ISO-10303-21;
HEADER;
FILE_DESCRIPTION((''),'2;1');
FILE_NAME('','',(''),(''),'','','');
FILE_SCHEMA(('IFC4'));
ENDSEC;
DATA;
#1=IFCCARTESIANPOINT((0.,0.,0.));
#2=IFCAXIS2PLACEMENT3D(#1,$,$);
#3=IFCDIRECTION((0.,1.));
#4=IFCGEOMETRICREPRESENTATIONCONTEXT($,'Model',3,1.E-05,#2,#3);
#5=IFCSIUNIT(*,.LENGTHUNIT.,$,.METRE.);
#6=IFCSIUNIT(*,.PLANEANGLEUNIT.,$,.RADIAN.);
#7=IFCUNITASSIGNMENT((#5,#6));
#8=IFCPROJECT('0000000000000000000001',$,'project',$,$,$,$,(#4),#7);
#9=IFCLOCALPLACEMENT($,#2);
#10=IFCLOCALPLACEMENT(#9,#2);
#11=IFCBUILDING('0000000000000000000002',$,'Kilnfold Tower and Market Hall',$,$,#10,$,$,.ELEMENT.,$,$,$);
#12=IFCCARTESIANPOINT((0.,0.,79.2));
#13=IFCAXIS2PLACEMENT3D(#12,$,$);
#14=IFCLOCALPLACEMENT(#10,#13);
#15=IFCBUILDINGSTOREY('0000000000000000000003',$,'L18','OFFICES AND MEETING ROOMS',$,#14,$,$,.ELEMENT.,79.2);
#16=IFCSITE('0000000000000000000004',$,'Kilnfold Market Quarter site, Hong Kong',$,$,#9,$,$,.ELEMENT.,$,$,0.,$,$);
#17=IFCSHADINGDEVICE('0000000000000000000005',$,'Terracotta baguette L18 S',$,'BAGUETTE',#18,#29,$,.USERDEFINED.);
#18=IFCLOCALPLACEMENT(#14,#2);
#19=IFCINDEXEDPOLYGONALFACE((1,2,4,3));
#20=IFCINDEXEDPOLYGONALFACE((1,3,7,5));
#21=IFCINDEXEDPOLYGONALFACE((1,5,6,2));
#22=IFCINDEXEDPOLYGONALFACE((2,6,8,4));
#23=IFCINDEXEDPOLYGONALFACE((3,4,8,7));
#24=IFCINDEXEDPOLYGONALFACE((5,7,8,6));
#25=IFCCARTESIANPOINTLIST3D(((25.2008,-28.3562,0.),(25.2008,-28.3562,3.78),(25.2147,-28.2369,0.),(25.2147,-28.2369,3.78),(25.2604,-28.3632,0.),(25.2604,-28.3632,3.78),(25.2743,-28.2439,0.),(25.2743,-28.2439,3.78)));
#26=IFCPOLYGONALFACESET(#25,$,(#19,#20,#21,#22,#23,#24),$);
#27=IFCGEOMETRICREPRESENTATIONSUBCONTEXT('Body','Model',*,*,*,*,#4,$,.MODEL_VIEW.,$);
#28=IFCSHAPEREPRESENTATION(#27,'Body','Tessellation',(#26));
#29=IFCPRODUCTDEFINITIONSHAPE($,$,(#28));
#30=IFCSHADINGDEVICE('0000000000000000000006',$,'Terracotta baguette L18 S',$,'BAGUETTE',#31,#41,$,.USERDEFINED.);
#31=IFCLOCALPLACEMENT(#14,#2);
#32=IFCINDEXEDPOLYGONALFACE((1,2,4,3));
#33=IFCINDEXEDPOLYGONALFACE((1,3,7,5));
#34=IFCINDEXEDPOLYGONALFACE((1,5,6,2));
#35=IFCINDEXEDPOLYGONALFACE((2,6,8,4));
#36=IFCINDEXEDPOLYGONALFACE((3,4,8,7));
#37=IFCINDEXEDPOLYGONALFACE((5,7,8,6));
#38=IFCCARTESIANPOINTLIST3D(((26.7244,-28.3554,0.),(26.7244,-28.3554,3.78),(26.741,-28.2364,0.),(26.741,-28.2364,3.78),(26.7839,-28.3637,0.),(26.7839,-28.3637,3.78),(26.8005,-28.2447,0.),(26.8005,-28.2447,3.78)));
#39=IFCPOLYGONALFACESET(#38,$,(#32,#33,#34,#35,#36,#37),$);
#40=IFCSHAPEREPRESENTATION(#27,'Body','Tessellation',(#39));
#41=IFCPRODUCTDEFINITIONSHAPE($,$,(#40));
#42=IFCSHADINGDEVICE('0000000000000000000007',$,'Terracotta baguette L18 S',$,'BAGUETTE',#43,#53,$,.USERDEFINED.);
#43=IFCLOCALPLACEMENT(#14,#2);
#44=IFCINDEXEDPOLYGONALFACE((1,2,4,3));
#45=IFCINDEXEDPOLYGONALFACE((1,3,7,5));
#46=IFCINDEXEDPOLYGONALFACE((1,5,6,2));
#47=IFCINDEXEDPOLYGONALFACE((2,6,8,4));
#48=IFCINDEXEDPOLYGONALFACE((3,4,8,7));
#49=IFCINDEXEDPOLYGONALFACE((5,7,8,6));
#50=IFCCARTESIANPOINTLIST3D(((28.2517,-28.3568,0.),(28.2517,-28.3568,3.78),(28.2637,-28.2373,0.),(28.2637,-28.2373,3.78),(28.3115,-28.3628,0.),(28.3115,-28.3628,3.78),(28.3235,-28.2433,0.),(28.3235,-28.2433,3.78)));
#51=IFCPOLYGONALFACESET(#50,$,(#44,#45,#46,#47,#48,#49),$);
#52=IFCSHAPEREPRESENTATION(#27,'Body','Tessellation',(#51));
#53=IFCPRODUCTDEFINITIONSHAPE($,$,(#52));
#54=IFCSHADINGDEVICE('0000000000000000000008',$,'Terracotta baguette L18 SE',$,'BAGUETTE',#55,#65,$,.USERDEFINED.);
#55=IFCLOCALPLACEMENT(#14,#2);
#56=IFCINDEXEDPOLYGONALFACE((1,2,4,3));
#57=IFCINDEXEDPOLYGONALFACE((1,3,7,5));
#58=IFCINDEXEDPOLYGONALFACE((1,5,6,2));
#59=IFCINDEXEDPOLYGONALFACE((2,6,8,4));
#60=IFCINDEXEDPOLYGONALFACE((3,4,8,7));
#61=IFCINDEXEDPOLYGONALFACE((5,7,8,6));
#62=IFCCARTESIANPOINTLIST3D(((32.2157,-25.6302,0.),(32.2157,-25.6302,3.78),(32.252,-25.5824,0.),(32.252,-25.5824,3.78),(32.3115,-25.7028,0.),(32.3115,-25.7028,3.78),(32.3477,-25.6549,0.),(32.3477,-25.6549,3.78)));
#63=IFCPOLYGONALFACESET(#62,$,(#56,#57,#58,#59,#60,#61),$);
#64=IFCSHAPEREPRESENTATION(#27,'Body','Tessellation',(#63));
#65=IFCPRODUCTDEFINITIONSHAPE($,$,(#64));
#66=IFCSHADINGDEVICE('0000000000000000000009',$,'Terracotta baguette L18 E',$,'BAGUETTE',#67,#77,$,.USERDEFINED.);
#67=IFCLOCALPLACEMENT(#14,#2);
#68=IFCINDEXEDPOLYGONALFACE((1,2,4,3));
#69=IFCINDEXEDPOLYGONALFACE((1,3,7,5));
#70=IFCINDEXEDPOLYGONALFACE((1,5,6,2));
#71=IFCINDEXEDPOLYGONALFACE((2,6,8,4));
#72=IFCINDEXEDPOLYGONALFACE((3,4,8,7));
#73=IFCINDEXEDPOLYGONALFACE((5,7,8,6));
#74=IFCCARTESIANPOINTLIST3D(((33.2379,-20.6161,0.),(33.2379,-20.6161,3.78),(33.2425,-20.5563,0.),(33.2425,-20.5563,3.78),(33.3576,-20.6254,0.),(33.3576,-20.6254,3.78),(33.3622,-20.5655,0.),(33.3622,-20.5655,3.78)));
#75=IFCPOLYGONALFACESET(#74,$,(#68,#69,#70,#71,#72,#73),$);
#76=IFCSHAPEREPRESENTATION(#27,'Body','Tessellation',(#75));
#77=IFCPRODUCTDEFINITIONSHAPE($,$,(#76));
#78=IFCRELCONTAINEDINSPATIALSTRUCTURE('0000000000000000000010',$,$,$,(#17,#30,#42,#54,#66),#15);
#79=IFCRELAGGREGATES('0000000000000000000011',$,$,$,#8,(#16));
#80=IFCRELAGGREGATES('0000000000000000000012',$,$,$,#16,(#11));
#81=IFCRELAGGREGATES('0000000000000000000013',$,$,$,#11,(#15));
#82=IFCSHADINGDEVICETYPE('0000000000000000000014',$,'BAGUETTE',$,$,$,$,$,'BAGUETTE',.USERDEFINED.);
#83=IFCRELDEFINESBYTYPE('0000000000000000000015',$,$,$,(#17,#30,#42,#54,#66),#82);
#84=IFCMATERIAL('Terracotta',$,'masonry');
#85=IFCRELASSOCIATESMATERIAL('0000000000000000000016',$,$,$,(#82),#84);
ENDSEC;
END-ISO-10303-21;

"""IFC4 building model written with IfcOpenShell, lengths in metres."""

from ifc_helpers import new_model, si_unit, direction, frame, origin, origin_2d, place, context, subcontext, project, spatial, rectangle, extrude, source, transform, mapped, material, material_profile, profile_set, type_object, element, save


model = new_model("IFC4")

# Units and contexts
model_context = context("Model", 3, precision=1e-05, world=origin(), true_north=direction((0.0, 1.0)))
body_context = subcontext(model_context, "Body", "Model", "MODEL_VIEW")
ifc_project = project(units=[si_unit("LENGTHUNIT", "METRE"), si_unit("PLANEANGLEUNIT", "RADIAN")], contexts=[model_context])

# Site, building, storey
site_placement = place(None, origin())
site = spatial("IfcSite", under=ifc_project, at=site_placement, Name="Kilnfold Market Quarter site, Hong Kong", CompositionType="ELEMENT", RefElevation=0.0)
building_placement = place(site_placement, origin())
building = spatial("IfcBuilding", under=site, at=building_placement, Name="Kilnfold Tower and Market Hall", CompositionType="ELEMENT")
storey_placement = place(building_placement, frame((0.0, 0.0, 79.2)))
storey = spatial("IfcBuildingStorey", under=building, at=storey_placement, Name="L18", Description="OFFICES AND MEETING ROOMS", CompositionType="ELEMENT", Elevation=79.2)

# Shading devices
ifc_material_1 = material(Name="Terracotta", Category="masonry")
ifc_material_profile_1 = material_profile(ifc_material_1, rectangle(XDim=0.0601, YDim=0.1201, at=origin_2d()), Name="BAG 60x120")
ifc_profile_set_1 = profile_set([ifc_material_profile_1], Name="Terracotta")
shading_device_type = type_object("IfcShadingDeviceType", Name="BAGUETTE", ElementType="BAGUETTE", PredefinedType="USERDEFINED", material=ifc_profile_set_1)
shared_shape_1 = source(origin(), body_context, "Body", "SweptSolid", [
    extrude(rectangle(XDim=0.0601, YDim=0.1201, at=origin_2d()), origin(), (0.0, 0.0, 1.0), 3.78),
])
for number, where, z_axis, x_axis, name in (
    (1, (25.2375, -28.3, 0.0), (0.0, 0.0, 1.0), (0.993309, -0.115487, 0.0), "Terracotta baguette L18 S"),
    (2, (26.7625, -28.3, 0.0), (0.0, 0.0, 1.0), (0.990348, -0.138603, 0.0), "Terracotta baguette L18 S"),
    (3, (28.2876, -28.3, 0.0), (0.0, 0.0, 1.0), (0.995032, -0.099558, 0.0), "Terracotta baguette L18 S"),
    (4, (32.2817, -25.6426, 0.0), (0.0, 0.0, 1.0), (0.603845, 0.797101, 0.0), "Terracotta baguette L18 SE"),
    (5, (33.3, -20.5908, 0.0), (0.0, 0.0, 1.0), (0.076783, 0.997048, 0.0), "Terracotta baguette L18 E"),
):
    element("IfcShadingDevice", number, at=place(storey_placement, frame(where, z_axis=z_axis, x_axis=x_axis)), inside=storey, type_object=shading_device_type, Name=name, ObjectType="BAGUETTE", PredefinedType="USERDEFINED", context=body_context, shape_type="MappedRepresentation", body=[
        mapped(shared_shape_1, transform((0.0, 0.0, 0.0))),
    ])

save(model, "model.ifc")
